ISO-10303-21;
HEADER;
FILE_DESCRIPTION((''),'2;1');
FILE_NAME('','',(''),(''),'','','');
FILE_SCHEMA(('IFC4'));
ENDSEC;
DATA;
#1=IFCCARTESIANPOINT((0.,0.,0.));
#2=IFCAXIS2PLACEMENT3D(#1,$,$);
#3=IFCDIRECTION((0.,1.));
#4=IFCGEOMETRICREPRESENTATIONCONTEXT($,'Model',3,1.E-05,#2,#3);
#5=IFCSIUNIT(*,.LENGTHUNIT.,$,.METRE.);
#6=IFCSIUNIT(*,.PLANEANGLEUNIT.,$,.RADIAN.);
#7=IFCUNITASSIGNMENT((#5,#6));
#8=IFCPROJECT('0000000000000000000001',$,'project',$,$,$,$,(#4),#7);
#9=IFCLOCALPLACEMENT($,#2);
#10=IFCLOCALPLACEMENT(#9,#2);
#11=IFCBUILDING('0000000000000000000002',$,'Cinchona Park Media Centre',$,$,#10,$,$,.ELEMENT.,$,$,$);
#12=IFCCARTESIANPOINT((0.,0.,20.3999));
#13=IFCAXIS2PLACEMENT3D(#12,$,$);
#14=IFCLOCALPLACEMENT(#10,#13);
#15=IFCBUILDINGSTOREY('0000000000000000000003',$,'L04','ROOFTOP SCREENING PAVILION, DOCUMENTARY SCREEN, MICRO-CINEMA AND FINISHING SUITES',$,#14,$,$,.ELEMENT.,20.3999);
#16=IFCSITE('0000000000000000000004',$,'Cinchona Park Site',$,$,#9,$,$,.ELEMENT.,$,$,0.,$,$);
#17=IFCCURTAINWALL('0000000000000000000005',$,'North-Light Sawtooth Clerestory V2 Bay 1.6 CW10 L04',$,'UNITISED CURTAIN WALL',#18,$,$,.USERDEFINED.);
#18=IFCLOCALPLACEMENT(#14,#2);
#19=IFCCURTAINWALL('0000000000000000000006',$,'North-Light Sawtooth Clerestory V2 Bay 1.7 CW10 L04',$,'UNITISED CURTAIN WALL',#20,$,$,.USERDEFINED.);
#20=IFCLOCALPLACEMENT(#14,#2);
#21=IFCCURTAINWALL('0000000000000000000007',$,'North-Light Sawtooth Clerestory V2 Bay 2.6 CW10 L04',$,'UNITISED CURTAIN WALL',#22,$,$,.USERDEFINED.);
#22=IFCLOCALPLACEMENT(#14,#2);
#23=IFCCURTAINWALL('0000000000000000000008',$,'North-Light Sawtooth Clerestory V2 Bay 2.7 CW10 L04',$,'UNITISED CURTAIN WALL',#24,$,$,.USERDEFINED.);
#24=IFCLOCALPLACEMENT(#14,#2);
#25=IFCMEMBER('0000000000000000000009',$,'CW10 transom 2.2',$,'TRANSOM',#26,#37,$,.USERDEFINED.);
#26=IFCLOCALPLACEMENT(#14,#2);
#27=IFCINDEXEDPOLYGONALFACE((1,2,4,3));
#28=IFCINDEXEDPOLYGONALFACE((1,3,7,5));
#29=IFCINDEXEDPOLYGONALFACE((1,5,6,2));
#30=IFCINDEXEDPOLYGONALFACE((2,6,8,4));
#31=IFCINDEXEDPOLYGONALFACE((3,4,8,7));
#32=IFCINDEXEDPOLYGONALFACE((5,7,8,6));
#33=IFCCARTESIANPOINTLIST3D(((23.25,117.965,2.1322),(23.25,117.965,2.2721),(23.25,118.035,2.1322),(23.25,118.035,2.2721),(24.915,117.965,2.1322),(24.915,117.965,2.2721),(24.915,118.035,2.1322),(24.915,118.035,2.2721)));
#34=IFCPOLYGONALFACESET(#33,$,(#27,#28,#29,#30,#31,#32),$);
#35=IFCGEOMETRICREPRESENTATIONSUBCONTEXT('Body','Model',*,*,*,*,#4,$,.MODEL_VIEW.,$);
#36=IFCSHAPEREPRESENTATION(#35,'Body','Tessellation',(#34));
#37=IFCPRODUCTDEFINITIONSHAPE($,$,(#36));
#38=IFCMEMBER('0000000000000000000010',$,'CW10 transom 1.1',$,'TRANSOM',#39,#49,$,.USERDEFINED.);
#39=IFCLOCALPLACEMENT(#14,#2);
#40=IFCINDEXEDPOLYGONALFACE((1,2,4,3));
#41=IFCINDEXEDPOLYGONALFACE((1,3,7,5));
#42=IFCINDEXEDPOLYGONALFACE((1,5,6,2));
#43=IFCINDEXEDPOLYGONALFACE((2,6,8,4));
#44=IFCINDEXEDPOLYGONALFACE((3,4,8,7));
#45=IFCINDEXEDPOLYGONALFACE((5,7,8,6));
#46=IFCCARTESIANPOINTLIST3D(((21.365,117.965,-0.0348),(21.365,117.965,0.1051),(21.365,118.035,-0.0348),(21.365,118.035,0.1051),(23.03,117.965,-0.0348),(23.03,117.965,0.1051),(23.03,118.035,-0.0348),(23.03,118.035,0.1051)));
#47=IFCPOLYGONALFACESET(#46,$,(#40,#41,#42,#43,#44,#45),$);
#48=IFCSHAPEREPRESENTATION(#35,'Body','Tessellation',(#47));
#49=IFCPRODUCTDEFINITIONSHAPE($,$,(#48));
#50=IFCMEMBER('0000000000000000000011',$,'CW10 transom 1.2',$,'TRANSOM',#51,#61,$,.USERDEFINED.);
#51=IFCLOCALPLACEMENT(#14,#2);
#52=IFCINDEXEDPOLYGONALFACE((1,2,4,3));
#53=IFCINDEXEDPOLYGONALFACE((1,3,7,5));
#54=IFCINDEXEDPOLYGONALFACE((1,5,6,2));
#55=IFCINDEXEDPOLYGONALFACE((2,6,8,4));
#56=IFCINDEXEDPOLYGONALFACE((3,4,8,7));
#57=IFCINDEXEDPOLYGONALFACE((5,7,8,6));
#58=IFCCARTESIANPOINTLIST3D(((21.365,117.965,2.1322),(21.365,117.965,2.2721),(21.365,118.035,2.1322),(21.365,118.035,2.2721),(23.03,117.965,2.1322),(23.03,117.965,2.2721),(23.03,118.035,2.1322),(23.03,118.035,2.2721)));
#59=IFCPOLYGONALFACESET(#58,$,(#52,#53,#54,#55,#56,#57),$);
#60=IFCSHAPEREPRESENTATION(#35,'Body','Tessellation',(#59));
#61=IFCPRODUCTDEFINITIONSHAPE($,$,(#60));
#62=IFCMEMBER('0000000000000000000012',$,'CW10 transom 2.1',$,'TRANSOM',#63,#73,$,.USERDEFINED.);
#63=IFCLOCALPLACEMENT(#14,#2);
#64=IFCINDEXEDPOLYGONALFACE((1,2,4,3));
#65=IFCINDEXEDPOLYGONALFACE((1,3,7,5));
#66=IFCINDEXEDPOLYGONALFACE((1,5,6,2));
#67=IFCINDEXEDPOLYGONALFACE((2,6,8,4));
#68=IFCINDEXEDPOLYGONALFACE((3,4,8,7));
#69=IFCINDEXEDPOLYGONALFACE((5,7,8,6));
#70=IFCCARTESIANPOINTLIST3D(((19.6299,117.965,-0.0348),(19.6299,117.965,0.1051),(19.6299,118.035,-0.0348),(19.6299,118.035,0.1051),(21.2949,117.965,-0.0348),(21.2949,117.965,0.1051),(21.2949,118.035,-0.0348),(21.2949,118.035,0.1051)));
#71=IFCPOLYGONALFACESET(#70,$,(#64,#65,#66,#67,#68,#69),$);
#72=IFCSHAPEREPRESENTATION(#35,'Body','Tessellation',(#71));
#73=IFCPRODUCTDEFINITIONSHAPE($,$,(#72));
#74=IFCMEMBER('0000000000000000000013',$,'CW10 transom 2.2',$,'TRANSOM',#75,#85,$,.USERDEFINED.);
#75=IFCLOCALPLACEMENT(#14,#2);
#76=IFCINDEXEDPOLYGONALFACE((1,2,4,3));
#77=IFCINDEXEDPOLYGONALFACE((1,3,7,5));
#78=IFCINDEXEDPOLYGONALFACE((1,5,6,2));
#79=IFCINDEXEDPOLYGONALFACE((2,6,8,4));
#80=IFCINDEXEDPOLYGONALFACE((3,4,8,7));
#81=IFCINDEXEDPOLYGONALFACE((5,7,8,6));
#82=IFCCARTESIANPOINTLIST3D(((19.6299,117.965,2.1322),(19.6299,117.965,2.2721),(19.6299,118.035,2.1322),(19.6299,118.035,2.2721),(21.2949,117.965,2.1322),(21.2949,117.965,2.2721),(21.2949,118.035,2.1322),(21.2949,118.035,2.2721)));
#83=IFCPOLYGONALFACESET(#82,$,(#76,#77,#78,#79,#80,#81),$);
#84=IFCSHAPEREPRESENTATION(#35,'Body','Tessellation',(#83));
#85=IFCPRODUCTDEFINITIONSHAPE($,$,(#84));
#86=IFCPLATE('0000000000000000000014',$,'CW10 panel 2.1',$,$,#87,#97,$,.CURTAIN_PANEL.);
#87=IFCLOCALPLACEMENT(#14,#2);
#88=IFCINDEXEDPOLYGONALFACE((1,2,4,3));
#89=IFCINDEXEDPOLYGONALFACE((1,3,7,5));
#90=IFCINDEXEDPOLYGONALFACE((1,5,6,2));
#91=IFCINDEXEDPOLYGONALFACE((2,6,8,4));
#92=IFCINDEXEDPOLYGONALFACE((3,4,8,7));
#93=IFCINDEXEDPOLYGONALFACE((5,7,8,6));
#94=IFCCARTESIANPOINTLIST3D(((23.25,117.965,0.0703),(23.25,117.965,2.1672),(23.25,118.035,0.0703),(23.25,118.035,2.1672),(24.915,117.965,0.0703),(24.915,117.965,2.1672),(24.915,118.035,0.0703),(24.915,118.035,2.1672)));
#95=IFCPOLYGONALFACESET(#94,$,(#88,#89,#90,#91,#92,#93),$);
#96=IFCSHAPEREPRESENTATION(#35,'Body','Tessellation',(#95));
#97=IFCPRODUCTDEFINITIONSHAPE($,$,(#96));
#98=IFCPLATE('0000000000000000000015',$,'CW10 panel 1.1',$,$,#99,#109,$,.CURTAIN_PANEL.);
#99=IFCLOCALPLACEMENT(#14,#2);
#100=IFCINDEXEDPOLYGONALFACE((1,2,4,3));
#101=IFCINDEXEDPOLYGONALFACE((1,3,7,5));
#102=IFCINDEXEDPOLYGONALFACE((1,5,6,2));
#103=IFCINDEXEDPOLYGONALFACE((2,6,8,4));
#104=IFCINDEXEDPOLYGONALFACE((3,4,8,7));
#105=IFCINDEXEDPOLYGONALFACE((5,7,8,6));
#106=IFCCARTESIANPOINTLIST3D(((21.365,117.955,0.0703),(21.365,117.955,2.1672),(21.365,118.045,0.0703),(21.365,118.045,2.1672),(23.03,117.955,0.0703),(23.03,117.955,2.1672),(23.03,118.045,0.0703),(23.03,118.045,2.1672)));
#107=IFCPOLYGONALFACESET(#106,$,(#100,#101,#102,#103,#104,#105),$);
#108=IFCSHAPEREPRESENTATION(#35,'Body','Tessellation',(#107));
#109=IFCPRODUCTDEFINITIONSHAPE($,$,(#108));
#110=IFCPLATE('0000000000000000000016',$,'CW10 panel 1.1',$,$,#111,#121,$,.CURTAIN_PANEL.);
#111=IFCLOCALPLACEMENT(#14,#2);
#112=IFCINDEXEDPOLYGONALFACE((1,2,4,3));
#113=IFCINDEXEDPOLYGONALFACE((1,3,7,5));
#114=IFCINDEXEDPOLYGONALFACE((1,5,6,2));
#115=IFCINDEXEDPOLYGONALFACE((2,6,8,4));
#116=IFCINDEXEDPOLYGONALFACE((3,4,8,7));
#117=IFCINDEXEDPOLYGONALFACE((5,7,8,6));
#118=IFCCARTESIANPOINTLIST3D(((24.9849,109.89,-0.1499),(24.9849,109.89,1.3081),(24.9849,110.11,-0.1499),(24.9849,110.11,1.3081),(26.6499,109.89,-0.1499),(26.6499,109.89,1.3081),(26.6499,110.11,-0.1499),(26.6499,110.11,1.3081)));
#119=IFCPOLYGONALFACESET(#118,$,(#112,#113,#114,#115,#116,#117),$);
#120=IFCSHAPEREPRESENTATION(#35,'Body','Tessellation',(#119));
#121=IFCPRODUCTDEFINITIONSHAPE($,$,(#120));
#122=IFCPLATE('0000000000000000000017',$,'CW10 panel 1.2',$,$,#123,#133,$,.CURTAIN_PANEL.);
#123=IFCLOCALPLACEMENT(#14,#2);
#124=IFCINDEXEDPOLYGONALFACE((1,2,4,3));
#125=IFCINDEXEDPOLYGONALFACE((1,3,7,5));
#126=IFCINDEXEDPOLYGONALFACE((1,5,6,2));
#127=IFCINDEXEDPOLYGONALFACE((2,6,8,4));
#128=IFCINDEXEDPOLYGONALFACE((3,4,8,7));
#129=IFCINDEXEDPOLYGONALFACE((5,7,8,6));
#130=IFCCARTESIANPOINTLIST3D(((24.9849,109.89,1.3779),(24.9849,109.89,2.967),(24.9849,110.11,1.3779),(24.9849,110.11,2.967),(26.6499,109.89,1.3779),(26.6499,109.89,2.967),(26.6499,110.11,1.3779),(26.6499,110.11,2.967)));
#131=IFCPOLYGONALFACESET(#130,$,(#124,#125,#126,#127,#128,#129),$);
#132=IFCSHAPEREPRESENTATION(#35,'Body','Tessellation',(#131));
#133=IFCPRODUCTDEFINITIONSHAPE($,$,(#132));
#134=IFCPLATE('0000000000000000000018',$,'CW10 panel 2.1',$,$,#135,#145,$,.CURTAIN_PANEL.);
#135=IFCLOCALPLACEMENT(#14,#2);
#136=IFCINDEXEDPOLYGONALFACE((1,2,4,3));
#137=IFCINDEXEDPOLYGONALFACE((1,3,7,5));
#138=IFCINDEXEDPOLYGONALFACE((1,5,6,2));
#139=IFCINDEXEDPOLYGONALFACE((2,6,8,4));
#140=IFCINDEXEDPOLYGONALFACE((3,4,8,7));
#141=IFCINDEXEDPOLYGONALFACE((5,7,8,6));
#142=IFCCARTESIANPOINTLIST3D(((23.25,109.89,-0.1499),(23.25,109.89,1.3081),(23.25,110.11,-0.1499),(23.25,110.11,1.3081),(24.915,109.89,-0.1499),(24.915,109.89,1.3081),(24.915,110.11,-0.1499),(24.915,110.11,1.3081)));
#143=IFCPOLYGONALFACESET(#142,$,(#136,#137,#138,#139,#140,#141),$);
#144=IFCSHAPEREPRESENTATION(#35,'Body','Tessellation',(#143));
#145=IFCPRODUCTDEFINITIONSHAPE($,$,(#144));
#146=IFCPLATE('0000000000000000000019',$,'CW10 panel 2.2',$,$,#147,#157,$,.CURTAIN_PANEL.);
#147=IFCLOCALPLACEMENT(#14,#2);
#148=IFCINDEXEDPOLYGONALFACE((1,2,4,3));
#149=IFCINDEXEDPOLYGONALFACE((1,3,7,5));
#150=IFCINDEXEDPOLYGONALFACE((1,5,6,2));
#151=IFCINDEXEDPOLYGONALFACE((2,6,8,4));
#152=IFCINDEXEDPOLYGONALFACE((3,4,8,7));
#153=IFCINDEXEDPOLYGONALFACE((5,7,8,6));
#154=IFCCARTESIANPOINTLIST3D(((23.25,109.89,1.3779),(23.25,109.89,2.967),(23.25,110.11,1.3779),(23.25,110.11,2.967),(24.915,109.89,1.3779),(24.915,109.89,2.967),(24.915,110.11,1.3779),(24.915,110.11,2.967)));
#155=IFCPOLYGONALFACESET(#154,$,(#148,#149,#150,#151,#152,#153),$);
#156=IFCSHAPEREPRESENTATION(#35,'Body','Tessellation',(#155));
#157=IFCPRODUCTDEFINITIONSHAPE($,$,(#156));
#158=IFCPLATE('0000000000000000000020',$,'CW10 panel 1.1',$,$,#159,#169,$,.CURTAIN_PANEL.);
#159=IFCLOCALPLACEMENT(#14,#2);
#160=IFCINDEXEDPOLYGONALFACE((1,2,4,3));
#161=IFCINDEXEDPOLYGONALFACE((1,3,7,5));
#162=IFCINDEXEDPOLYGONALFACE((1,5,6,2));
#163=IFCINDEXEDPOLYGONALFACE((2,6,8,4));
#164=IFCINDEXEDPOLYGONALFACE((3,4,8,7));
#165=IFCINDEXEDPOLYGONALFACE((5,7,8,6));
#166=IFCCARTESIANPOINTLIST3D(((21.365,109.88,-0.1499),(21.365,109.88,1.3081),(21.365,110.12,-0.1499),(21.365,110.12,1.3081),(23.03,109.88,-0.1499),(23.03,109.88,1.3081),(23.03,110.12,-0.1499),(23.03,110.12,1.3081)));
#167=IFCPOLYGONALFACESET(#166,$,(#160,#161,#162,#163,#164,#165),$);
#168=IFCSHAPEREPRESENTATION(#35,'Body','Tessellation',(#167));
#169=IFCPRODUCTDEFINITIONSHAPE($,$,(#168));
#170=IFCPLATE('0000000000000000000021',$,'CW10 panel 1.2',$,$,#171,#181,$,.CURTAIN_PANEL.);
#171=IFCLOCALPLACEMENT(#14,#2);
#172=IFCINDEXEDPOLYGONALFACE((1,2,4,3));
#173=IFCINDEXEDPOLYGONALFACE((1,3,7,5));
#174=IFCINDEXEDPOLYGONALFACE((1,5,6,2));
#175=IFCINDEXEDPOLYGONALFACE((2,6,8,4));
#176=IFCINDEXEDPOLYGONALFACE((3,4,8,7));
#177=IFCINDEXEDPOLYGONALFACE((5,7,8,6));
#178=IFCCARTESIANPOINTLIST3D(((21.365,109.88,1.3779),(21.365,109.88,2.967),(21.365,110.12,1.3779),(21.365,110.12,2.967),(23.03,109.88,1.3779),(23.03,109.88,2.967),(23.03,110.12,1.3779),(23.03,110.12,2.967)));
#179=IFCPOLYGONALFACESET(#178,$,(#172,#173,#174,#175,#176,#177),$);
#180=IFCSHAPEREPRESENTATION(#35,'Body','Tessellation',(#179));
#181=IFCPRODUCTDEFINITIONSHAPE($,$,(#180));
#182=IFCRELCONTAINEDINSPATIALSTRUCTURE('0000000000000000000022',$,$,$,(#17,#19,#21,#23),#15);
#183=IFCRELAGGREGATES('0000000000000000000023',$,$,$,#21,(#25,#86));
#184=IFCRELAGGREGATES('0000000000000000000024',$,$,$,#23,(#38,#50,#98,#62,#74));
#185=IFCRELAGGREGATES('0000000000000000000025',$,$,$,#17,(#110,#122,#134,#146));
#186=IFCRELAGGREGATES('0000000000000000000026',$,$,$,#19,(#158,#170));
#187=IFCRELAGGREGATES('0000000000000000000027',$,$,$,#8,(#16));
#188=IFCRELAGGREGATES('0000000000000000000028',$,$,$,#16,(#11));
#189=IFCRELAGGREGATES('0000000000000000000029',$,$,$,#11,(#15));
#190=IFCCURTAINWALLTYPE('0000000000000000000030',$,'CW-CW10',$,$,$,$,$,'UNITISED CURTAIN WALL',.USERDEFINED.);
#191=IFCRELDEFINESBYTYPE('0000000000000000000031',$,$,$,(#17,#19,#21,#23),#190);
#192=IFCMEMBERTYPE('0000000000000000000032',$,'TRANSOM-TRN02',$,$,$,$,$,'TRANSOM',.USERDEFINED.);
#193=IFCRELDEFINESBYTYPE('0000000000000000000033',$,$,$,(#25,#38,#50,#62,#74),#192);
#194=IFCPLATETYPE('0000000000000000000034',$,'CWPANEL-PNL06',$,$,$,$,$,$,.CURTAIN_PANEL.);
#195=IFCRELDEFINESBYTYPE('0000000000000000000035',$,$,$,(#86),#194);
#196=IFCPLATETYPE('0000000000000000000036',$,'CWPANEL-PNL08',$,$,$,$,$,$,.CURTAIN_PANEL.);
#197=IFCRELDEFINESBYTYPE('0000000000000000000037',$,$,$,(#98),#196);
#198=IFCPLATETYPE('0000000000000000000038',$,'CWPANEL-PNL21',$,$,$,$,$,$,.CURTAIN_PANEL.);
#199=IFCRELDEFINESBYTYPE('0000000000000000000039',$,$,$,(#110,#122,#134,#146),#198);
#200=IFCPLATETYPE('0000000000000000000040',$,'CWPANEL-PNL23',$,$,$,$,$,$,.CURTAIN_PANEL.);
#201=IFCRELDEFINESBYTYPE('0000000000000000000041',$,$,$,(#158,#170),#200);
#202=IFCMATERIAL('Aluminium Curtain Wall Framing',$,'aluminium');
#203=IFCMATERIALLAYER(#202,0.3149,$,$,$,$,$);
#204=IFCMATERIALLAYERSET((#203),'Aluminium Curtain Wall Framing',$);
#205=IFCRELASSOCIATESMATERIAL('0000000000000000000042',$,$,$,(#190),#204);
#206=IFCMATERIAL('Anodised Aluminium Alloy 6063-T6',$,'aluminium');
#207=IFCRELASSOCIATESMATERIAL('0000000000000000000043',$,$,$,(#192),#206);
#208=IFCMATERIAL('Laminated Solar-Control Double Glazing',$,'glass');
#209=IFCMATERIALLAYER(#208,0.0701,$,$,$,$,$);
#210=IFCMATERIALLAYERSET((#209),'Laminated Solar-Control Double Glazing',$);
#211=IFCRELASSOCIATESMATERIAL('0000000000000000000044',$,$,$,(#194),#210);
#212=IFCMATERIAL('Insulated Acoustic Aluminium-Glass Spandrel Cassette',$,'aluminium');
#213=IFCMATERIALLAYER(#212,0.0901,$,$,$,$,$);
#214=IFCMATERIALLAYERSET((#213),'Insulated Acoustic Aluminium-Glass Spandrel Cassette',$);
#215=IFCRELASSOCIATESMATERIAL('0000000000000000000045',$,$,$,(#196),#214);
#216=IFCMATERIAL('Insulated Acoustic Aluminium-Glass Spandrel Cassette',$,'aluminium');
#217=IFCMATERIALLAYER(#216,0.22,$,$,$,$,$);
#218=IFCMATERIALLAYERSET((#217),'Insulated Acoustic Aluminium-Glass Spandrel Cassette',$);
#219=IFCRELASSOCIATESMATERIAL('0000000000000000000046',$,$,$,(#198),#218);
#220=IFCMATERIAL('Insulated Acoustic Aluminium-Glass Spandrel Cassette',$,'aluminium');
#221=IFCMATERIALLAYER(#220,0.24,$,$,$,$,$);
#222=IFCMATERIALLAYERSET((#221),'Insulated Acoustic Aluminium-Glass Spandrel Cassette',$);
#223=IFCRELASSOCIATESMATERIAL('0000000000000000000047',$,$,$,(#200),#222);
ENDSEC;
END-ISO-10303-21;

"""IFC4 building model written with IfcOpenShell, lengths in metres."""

from ifc_helpers import new_model, si_unit, direction, frame, origin, origin_2d, place, context, subcontext, project, spatial, rectangle, extrude, material, layer, layer_set, material_profile, profile_set, type_object, element, aggregate, save


model = new_model("IFC4")

# Units and contexts
model_context = context("Model", 3, precision=1e-05, world=origin(), true_north=direction((0.0, 1.0)))
body_context = subcontext(model_context, "Body", "Model", "MODEL_VIEW")
ifc_project = project(units=[si_unit("LENGTHUNIT", "METRE"), si_unit("PLANEANGLEUNIT", "RADIAN")], contexts=[model_context])

# Site, building, storey
site_placement = place(None, origin())
site = spatial("IfcSite", under=ifc_project, at=site_placement, Name="Cinchona Park Site", CompositionType="ELEMENT", RefElevation=0.0)
building_placement = place(site_placement, origin())
building = spatial("IfcBuilding", under=site, at=building_placement, Name="Cinchona Park Media Centre", CompositionType="ELEMENT")
storey_placement = place(building_placement, frame((0.0, 0.0, 20.3999)))
storey = spatial("IfcBuildingStorey", under=building, at=storey_placement, Name="L04", Description="ROOFTOP SCREENING PAVILION, DOCUMENTARY SCREEN, MICRO-CINEMA AND FINISHING SUITES", CompositionType="ELEMENT", Elevation=20.3999)

# Curtain walls
ifc_material_1 = material(Name="Aluminium Curtain Wall Framing", Category="aluminium")
ifc_layer_1 = layer(ifc_material_1, 0.3149)
ifc_layer_set_1 = layer_set([ifc_layer_1], Name="Aluminium Curtain Wall Framing")
curtain_wall_type = type_object("IfcCurtainWallType", Name="CW-CW10", ElementType="UNITISED CURTAIN WALL", PredefinedType="USERDEFINED", material=ifc_layer_set_1)
curtain_wall_1_placement = place(storey_placement, origin())
curtain_wall_1 = element("IfcCurtainWall", 1, at=curtain_wall_1_placement, inside=storey, type_object=curtain_wall_type, Name="North-Light Sawtooth Clerestory V2 Bay 1.6 CW10 L04", ObjectType="UNITISED CURTAIN WALL", PredefinedType="USERDEFINED")
curtain_wall_2_placement = place(storey_placement, origin())
curtain_wall_2 = element("IfcCurtainWall", 2, at=curtain_wall_2_placement, inside=storey, type_object=curtain_wall_type, Name="North-Light Sawtooth Clerestory V2 Bay 1.7 CW10 L04", ObjectType="UNITISED CURTAIN WALL", PredefinedType="USERDEFINED")
curtain_wall_3_placement = place(storey_placement, origin())
curtain_wall_3 = element("IfcCurtainWall", 3, at=curtain_wall_3_placement, inside=storey, type_object=curtain_wall_type, Name="North-Light Sawtooth Clerestory V2 Bay 2.6 CW10 L04", ObjectType="UNITISED CURTAIN WALL", PredefinedType="USERDEFINED")
curtain_wall_4_placement = place(storey_placement, origin())
curtain_wall_4 = element("IfcCurtainWall", 4, at=curtain_wall_4_placement, inside=storey, type_object=curtain_wall_type, Name="North-Light Sawtooth Clerestory V2 Bay 2.7 CW10 L04", ObjectType="UNITISED CURTAIN WALL", PredefinedType="USERDEFINED")

# Members
ifc_material_2 = material(Name="Anodised Aluminium Alloy 6063-T6", Category="aluminium")
ifc_material_profile_1 = material_profile(ifc_material_2, rectangle(XDim=0.0701, YDim=0.1399, at=origin_2d()), Name="TRN-70X140")
ifc_profile_set_1 = profile_set([ifc_material_profile_1], Name="Anodised Aluminium Alloy 6063-T6")
member_type_1 = type_object("IfcMemberType", Name="TRANSOM-TRN02", ElementType="TRANSOM", PredefinedType="USERDEFINED", material=ifc_profile_set_1)
member_1_placement = place(storey_placement, frame((24.915, 118.0, 2.2021), z_axis=(-1.0, 0.0, 0.0), x_axis=(0.0, -1.0, 0.0)))
member_1 = element("IfcMember", 5, at=member_1_placement, type_object=member_type_1, Name="CW10 transom 2.2", ObjectType="TRANSOM", PredefinedType="USERDEFINED", context=body_context, shape_type="SweptSolid", body=[
    extrude(rectangle(XDim=0.0701, YDim=0.1399, at=origin_2d()), origin(), (0.0, 0.0, 1.0), 1.665),
])
member_2_placement = place(storey_placement, frame((23.03, 118.0, 0.0352), z_axis=(-1.0, 0.0, 0.0), x_axis=(0.0, -1.0, 0.0)))
member_2 = element("IfcMember", 6, at=member_2_placement, type_object=member_type_1, Name="CW10 transom 1.1", ObjectType="TRANSOM", PredefinedType="USERDEFINED", context=body_context, shape_type="SweptSolid", body=[
    extrude(rectangle(XDim=0.0701, YDim=0.1399, at=origin_2d()), origin(), (0.0, 0.0, 1.0), 1.665),
])
member_3_placement = place(storey_placement, frame((23.03, 118.0, 2.2021), z_axis=(-1.0, 0.0, 0.0), x_axis=(0.0, -1.0, 0.0)))
member_3 = element("IfcMember", 7, at=member_3_placement, type_object=member_type_1, Name="CW10 transom 1.2", ObjectType="TRANSOM", PredefinedType="USERDEFINED", context=body_context, shape_type="SweptSolid", body=[
    extrude(rectangle(XDim=0.0701, YDim=0.1399, at=origin_2d()), origin(), (0.0, 0.0, 1.0), 1.665),
])
member_4_placement = place(storey_placement, frame((21.2949, 118.0, 0.0352), z_axis=(-1.0, 0.0, 0.0), x_axis=(0.0, -1.0, 0.0)))
member_4 = element("IfcMember", 8, at=member_4_placement, type_object=member_type_1, Name="CW10 transom 2.1", ObjectType="TRANSOM", PredefinedType="USERDEFINED", context=body_context, shape_type="SweptSolid", body=[
    extrude(rectangle(XDim=0.0701, YDim=0.1399, at=origin_2d()), origin(), (0.0, 0.0, 1.0), 1.665),
])
member_5_placement = place(storey_placement, frame((21.2949, 118.0, 2.2021), z_axis=(-1.0, 0.0, 0.0), x_axis=(0.0, -1.0, 0.0)))
member_5 = element("IfcMember", 9, at=member_5_placement, type_object=member_type_1, Name="CW10 transom 2.2", ObjectType="TRANSOM", PredefinedType="USERDEFINED", context=body_context, shape_type="SweptSolid", body=[
    extrude(rectangle(XDim=0.0701, YDim=0.1399, at=origin_2d()), origin(), (0.0, 0.0, 1.0), 1.665),
])

# Plates
ifc_material_3 = material(Name="Laminated Solar-Control Double Glazing", Category="glass")
ifc_layer_2 = layer(ifc_material_3, 0.0701)
ifc_layer_set_2 = layer_set([ifc_layer_2], Name="Laminated Solar-Control Double Glazing")
plate_type_1 = type_object("IfcPlateType", Name="CWPANEL-PNL06", PredefinedType="CURTAIN_PANEL", material=ifc_layer_set_2)
plate_1_placement = place(storey_placement, frame((24.0825, 118.0, 0.0703), z_axis=(0.0, 0.0, 1.0), x_axis=(-1.0, 0.0, 0.0)))
plate_1 = element("IfcPlate", 10, at=plate_1_placement, type_object=plate_type_1, Name="CW10 panel 2.1", PredefinedType="CURTAIN_PANEL", context=body_context, shape_type="SweptSolid", body=[
    extrude(rectangle(XDim=1.665, YDim=0.0701, at=origin_2d()), origin(), (0.0, 0.0, 1.0), 2.0969),
])
aggregate(curtain_wall_3, [member_1, plate_1])
ifc_material_4 = material(Name="Insulated Acoustic Aluminium-Glass Spandrel Cassette", Category="aluminium")
ifc_layer_3 = layer(ifc_material_4, 0.0901)
ifc_layer_set_3 = layer_set([ifc_layer_3], Name="Insulated Acoustic Aluminium-Glass Spandrel Cassette")
plate_type_2 = type_object("IfcPlateType", Name="CWPANEL-PNL08", PredefinedType="CURTAIN_PANEL", material=ifc_layer_set_3)
plate_2_placement = place(storey_placement, frame((22.1975, 118.0, 0.0703), z_axis=(0.0, 0.0, 1.0), x_axis=(-1.0, 0.0, 0.0)))
plate_2 = element("IfcPlate", 11, at=plate_2_placement, type_object=plate_type_2, Name="CW10 panel 1.1", PredefinedType="CURTAIN_PANEL", context=body_context, shape_type="SweptSolid", body=[
    extrude(rectangle(XDim=1.665, YDim=0.0901, at=origin_2d()), origin(), (0.0, 0.0, 1.0), 2.0969),
])
aggregate(curtain_wall_4, [member_2, member_3, plate_2, member_4, member_5])
ifc_material_5 = material(Name="Insulated Acoustic Aluminium-Glass Spandrel Cassette", Category="aluminium")
ifc_layer_4 = layer(ifc_material_5, 0.22)
ifc_layer_set_4 = layer_set([ifc_layer_4], Name="Insulated Acoustic Aluminium-Glass Spandrel Cassette")
plate_type_3 = type_object("IfcPlateType", Name="CWPANEL-PNL21", PredefinedType="CURTAIN_PANEL", material=ifc_layer_set_4)
plate_3_placement = place(storey_placement, frame((25.8174, 110.0, -0.1499), z_axis=(0.0, 0.0, 1.0), x_axis=(-1.0, 0.0, 0.0)))
plate_3 = element("IfcPlate", 12, at=plate_3_placement, type_object=plate_type_3, Name="CW10 panel 1.1", PredefinedType="CURTAIN_PANEL", context=body_context, shape_type="SweptSolid", body=[
    extrude(rectangle(XDim=1.665, YDim=0.22, at=origin_2d()), origin(), (0.0, 0.0, 1.0), 1.458),
])
plate_4_placement = place(storey_placement, frame((25.8174, 110.0, 1.3779), z_axis=(0.0, 0.0, 1.0), x_axis=(-1.0, 0.0, 0.0)))
plate_4 = element("IfcPlate", 13, at=plate_4_placement, type_object=plate_type_3, Name="CW10 panel 1.2", PredefinedType="CURTAIN_PANEL", context=body_context, shape_type="SweptSolid", body=[
    extrude(rectangle(XDim=1.665, YDim=0.22, at=origin_2d()), origin(), (0.0, 0.0, 1.0), 1.5891),
])
plate_5_placement = place(storey_placement, frame((24.0825, 110.0, -0.1499), z_axis=(0.0, 0.0, 1.0), x_axis=(-1.0, 0.0, 0.0)))
plate_5 = element("IfcPlate", 14, at=plate_5_placement, type_object=plate_type_3, Name="CW10 panel 2.1", PredefinedType="CURTAIN_PANEL", context=body_context, shape_type="SweptSolid", body=[
    extrude(rectangle(XDim=1.665, YDim=0.22, at=origin_2d()), origin(), (0.0, 0.0, 1.0), 1.458),
])
plate_6_placement = place(storey_placement, frame((24.0825, 110.0, 1.3779), z_axis=(0.0, 0.0, 1.0), x_axis=(-1.0, 0.0, 0.0)))
plate_6 = element("IfcPlate", 15, at=plate_6_placement, type_object=plate_type_3, Name="CW10 panel 2.2", PredefinedType="CURTAIN_PANEL", context=body_context, shape_type="SweptSolid", body=[
    extrude(rectangle(XDim=1.665, YDim=0.22, at=origin_2d()), origin(), (0.0, 0.0, 1.0), 1.5891),
])
aggregate(curtain_wall_1, [plate_3, plate_4, plate_5, plate_6])
ifc_material_6 = material(Name="Insulated Acoustic Aluminium-Glass Spandrel Cassette", Category="aluminium")
ifc_layer_5 = layer(ifc_material_6, 0.24)
ifc_layer_set_5 = layer_set([ifc_layer_5], Name="Insulated Acoustic Aluminium-Glass Spandrel Cassette")
plate_type_4 = type_object("IfcPlateType", Name="CWPANEL-PNL23", PredefinedType="CURTAIN_PANEL", material=ifc_layer_set_5)
plate_7_placement = place(storey_placement, frame((22.1975, 110.0, -0.1499), z_axis=(0.0, 0.0, 1.0), x_axis=(-1.0, 0.0, 0.0)))
plate_7 = element("IfcPlate", 16, at=plate_7_placement, type_object=plate_type_4, Name="CW10 panel 1.1", PredefinedType="CURTAIN_PANEL", context=body_context, shape_type="SweptSolid", body=[
    extrude(rectangle(XDim=1.665, YDim=0.24, at=origin_2d()), origin(), (0.0, 0.0, 1.0), 1.458),
])
plate_8_placement = place(storey_placement, frame((22.1975, 110.0, 1.3779), z_axis=(0.0, 0.0, 1.0), x_axis=(-1.0, 0.0, 0.0)))
plate_8 = element("IfcPlate", 17, at=plate_8_placement, type_object=plate_type_4, Name="CW10 panel 1.2", PredefinedType="CURTAIN_PANEL", context=body_context, shape_type="SweptSolid", body=[
    extrude(rectangle(XDim=1.665, YDim=0.24, at=origin_2d()), origin(), (0.0, 0.0, 1.0), 1.5891),
])
aggregate(curtain_wall_2, [plate_7, plate_8])

save(model, "model.ifc")
